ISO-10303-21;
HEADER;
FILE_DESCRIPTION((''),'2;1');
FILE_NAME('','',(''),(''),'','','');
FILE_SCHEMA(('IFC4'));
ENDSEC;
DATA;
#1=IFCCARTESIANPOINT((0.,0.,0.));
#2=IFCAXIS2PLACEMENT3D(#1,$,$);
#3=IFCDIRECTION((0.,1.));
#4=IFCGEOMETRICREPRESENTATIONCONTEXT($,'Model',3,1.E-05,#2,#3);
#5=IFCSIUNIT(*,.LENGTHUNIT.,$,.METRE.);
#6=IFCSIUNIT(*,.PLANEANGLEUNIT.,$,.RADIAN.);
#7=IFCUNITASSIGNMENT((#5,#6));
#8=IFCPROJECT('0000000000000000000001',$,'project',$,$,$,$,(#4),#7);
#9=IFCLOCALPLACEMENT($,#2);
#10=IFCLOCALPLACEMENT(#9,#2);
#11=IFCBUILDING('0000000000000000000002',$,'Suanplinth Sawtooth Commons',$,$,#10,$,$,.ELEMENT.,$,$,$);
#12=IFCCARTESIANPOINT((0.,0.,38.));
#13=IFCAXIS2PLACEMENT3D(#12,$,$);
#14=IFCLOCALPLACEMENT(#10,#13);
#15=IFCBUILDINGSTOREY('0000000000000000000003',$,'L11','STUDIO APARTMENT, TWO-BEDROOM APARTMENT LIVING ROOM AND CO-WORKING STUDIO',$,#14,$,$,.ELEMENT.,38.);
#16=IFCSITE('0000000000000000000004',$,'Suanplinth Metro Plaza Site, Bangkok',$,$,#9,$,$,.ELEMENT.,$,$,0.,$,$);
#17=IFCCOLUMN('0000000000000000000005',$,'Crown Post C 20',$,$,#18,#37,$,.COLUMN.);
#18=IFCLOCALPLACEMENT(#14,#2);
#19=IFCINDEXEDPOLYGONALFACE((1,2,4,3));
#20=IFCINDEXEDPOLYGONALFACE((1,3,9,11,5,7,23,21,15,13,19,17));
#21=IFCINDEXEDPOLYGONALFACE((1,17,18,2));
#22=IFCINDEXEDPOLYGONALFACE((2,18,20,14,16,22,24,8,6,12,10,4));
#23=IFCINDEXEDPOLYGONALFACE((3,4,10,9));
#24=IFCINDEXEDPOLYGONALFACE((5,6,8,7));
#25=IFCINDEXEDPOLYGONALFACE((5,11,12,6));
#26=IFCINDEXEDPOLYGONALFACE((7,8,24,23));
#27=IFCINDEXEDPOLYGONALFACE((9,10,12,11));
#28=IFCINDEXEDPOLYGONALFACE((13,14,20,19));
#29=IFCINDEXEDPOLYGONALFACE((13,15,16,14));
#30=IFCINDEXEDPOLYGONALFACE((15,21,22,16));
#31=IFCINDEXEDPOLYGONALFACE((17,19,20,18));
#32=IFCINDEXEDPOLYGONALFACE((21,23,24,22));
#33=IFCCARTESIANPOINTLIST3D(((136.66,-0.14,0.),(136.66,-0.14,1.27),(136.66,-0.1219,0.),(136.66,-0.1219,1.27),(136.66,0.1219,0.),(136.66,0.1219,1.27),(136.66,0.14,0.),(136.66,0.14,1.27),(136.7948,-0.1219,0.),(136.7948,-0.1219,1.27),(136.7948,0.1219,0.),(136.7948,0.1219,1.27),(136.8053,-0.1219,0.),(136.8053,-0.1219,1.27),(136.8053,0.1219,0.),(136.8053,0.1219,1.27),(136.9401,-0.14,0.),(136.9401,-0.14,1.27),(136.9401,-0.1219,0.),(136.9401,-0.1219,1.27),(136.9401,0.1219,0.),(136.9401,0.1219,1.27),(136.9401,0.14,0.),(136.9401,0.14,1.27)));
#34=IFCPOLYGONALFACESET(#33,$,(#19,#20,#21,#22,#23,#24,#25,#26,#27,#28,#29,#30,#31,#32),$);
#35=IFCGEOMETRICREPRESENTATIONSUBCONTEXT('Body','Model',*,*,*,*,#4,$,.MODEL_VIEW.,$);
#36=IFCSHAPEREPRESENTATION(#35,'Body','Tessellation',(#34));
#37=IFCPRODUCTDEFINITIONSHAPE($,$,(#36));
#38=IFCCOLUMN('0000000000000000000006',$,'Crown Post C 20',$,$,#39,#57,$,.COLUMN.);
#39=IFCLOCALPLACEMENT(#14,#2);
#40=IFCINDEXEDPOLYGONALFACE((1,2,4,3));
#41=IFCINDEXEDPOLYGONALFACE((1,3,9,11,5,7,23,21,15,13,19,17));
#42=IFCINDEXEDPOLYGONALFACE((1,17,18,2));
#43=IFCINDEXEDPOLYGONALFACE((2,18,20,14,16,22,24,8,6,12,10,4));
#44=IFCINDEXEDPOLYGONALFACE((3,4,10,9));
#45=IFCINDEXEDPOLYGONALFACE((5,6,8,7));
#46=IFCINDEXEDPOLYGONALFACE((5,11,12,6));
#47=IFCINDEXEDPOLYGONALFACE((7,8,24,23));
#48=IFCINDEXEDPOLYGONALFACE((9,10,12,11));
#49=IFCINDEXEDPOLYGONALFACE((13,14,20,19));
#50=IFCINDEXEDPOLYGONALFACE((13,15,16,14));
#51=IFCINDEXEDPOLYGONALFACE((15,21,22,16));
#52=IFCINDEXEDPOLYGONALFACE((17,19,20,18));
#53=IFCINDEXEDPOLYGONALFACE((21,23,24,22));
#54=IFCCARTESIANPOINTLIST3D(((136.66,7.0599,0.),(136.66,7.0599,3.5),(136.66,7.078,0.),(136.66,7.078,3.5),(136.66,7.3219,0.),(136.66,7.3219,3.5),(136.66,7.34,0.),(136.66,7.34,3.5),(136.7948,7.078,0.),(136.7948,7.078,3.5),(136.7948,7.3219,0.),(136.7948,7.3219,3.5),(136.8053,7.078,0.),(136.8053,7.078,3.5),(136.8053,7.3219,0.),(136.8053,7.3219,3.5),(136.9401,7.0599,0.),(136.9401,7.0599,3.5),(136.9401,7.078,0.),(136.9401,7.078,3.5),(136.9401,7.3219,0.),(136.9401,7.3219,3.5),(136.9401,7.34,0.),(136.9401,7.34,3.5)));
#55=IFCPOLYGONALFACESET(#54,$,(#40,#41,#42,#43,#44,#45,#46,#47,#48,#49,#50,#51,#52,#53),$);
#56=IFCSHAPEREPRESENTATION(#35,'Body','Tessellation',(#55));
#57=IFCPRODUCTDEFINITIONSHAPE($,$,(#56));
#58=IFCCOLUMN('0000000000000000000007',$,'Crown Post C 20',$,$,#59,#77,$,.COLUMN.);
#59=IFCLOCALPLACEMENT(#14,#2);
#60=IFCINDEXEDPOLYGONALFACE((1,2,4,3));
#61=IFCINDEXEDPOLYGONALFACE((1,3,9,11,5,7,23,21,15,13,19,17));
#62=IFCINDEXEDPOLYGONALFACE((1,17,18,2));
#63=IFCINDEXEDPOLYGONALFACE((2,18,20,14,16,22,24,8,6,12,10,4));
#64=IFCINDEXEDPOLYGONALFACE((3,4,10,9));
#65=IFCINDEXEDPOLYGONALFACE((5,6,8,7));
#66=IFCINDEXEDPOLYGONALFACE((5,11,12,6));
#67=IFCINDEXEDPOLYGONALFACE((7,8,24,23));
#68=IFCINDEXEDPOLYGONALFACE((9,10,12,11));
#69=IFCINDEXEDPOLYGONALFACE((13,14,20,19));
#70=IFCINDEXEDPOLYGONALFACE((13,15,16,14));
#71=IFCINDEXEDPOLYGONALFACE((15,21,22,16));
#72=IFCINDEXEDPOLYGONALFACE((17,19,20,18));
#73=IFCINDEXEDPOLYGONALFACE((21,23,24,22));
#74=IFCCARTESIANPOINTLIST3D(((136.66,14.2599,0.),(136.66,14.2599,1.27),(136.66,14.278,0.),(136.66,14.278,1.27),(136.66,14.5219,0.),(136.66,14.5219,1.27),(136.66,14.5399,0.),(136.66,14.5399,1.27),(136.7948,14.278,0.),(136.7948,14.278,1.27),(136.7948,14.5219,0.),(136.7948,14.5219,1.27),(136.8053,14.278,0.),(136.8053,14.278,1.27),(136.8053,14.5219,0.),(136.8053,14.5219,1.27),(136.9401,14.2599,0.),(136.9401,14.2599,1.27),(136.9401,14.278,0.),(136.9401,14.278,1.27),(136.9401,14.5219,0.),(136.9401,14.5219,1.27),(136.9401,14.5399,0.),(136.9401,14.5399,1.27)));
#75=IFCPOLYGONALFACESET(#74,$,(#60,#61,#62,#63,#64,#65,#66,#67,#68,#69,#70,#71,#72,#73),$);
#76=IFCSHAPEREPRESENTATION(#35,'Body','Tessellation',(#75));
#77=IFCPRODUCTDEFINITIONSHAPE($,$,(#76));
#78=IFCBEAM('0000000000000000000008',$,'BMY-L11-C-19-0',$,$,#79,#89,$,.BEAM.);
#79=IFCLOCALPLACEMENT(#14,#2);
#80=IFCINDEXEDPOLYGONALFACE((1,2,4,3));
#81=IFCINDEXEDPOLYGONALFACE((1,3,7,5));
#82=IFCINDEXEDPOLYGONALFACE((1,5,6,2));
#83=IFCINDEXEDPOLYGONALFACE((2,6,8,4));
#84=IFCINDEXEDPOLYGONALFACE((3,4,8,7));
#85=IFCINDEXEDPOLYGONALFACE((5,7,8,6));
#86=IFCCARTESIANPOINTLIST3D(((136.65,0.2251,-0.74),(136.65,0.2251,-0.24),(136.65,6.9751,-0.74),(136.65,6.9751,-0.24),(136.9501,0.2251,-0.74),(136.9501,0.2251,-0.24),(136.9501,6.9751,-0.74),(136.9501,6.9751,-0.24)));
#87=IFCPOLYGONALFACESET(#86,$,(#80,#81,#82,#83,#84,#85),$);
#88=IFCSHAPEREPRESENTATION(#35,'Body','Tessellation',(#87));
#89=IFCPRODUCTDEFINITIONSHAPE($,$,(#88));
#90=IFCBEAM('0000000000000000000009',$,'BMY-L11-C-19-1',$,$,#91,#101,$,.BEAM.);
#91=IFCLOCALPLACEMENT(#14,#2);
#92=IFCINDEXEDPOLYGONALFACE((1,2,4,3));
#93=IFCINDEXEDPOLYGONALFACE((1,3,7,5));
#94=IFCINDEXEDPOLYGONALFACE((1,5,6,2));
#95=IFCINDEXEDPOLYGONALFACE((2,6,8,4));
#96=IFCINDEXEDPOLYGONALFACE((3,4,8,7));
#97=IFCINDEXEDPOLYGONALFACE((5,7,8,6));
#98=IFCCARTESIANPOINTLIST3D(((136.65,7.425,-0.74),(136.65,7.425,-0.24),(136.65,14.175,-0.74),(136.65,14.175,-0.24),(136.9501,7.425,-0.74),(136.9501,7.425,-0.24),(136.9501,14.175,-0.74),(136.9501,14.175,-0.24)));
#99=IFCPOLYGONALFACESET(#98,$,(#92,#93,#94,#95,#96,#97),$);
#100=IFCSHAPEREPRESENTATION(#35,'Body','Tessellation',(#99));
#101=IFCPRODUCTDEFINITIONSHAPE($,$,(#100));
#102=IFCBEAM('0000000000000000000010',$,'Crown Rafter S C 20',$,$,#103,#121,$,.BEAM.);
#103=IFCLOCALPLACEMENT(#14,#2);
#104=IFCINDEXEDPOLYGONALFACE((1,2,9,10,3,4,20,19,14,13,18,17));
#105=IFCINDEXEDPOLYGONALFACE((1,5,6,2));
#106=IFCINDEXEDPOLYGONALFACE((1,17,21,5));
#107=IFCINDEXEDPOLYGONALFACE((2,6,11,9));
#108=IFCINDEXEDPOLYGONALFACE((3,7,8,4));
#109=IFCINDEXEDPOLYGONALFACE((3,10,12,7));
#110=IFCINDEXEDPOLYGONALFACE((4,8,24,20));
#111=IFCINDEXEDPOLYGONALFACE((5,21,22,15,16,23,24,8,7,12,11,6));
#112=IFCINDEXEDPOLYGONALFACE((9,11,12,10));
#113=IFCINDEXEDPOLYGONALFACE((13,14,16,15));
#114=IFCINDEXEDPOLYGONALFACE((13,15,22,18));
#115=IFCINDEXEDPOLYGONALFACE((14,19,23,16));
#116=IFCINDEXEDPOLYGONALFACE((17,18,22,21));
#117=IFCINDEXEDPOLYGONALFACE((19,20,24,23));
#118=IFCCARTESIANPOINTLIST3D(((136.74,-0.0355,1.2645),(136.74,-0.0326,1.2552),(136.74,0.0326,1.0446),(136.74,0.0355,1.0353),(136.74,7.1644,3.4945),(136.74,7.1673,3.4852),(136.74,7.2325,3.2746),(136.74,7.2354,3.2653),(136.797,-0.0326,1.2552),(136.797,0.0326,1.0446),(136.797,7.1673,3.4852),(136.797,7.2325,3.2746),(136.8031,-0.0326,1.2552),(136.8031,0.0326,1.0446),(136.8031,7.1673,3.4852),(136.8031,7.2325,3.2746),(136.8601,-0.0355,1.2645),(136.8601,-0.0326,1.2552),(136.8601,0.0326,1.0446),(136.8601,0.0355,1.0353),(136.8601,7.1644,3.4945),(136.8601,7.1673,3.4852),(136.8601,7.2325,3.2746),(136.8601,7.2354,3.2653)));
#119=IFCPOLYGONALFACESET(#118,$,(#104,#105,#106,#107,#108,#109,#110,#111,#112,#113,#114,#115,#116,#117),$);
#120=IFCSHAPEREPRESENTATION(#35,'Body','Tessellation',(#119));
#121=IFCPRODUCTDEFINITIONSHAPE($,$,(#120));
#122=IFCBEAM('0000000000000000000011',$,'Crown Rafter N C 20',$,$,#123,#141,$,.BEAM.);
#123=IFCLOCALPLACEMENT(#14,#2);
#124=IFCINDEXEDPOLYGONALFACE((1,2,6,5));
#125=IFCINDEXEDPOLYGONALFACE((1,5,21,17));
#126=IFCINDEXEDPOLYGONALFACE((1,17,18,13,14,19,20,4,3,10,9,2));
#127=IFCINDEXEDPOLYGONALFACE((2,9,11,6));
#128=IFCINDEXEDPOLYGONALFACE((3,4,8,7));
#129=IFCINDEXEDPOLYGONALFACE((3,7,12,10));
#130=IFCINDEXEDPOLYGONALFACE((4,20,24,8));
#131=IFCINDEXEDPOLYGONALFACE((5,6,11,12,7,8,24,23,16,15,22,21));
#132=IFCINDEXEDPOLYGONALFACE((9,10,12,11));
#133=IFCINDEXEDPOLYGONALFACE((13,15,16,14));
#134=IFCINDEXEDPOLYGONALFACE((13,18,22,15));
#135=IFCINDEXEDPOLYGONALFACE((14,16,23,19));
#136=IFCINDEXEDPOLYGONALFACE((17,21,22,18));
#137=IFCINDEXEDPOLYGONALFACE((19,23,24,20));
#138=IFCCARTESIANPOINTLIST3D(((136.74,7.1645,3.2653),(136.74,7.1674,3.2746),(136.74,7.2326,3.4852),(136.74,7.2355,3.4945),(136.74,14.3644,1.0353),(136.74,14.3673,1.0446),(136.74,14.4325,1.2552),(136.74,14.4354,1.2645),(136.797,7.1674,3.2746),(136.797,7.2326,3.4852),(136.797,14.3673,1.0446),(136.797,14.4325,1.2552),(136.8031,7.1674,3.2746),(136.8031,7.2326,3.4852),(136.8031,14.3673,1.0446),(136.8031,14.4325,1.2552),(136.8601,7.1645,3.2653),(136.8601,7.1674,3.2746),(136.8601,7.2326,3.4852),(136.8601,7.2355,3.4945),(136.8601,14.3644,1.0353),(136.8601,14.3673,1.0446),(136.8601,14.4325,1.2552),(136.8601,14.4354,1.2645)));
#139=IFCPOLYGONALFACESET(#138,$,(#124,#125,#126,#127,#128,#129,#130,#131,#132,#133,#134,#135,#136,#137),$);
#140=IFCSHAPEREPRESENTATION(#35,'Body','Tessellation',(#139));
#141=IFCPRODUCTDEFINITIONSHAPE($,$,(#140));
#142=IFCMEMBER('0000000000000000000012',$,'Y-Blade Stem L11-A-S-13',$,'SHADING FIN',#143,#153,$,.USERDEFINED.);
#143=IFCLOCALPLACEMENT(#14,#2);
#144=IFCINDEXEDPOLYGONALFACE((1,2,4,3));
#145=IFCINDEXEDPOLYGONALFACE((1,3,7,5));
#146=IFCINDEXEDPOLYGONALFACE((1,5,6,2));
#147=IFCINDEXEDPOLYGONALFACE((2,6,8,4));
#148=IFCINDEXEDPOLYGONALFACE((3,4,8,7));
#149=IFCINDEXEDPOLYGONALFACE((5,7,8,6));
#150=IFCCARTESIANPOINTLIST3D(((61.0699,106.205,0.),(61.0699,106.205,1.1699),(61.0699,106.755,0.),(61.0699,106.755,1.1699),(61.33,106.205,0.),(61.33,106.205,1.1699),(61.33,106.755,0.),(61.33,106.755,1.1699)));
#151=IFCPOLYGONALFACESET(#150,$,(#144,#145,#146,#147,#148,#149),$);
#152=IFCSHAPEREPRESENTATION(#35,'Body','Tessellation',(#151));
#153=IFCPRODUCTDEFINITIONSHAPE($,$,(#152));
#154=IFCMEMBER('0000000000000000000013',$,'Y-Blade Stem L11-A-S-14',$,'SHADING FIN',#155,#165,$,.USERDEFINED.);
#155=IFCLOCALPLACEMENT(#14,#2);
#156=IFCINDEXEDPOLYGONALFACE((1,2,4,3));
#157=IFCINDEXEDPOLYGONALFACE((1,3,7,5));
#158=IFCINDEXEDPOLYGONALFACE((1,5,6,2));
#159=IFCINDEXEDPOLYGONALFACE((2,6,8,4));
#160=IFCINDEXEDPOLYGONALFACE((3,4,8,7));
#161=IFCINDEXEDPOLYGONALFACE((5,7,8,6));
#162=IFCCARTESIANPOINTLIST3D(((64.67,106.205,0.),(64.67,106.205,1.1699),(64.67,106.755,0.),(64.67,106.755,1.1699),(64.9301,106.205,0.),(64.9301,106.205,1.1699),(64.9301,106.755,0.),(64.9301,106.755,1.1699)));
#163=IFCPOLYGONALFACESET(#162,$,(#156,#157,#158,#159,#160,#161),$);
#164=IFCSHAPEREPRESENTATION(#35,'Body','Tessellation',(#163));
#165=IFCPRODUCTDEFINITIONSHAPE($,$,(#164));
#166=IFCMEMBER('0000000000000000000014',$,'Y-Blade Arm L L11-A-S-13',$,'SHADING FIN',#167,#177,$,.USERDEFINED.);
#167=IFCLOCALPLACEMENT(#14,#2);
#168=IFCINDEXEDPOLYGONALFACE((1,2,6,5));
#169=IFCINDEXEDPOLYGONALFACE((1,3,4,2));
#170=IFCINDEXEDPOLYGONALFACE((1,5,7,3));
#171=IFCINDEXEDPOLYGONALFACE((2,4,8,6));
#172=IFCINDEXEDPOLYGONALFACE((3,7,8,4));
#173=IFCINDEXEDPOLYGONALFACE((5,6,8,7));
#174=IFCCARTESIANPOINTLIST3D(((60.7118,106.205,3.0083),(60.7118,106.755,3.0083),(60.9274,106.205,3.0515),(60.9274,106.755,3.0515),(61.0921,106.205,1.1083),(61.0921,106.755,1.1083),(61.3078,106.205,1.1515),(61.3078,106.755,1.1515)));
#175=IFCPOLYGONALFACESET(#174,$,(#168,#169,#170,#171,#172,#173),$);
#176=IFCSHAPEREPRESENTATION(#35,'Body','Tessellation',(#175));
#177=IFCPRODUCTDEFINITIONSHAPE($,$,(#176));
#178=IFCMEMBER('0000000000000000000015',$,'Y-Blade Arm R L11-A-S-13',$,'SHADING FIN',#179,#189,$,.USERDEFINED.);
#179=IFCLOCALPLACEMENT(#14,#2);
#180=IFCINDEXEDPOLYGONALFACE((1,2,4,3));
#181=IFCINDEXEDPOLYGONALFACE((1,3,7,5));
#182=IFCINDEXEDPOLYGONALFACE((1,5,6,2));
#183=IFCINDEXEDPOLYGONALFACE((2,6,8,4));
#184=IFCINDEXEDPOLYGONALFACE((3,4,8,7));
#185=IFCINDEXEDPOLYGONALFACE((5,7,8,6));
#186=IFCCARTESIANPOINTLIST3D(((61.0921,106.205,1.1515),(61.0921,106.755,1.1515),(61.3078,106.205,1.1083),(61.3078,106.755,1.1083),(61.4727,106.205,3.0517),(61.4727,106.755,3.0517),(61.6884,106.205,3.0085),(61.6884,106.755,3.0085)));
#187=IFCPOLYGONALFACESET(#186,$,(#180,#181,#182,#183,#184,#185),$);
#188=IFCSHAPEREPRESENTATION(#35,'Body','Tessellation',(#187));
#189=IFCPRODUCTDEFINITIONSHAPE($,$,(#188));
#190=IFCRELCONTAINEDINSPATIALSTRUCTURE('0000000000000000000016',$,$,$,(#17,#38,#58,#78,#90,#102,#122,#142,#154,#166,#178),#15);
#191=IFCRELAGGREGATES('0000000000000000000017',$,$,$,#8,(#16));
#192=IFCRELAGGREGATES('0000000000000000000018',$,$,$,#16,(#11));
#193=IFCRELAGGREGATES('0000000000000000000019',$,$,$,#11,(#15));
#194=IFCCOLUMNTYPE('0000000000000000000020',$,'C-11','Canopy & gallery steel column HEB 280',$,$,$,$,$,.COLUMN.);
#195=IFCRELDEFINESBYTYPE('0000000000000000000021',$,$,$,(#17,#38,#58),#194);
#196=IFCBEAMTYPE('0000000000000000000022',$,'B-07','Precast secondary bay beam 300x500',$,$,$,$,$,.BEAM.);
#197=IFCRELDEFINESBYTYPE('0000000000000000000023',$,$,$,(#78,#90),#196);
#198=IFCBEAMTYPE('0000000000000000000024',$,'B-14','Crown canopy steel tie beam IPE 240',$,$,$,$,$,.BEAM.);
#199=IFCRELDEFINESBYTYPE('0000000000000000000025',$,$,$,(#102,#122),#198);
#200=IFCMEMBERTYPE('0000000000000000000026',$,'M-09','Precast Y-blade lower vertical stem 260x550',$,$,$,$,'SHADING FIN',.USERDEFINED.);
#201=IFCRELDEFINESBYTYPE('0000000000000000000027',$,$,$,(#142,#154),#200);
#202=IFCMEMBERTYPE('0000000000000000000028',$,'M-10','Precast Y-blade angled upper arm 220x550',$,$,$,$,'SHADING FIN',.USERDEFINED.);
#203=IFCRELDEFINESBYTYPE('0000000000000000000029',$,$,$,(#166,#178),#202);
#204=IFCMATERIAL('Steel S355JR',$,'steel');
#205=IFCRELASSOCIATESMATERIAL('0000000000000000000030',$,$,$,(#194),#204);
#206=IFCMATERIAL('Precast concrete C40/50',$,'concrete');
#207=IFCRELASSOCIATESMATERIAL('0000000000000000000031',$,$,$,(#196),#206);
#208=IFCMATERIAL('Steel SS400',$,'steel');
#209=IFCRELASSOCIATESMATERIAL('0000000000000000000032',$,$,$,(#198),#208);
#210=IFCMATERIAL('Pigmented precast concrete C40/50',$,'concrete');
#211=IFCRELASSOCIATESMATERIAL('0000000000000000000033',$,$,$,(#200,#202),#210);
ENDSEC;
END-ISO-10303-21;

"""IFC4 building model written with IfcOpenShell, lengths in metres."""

from ifc_helpers import new_model, si_unit, direction, frame, origin, origin_2d, place, context, subcontext, project, spatial, rectangle, i_section, extrude, material, material_profile, profile_set, type_object, element, save


model = new_model("IFC4")

# Units and contexts
model_context = context("Model", 3, precision=1e-05, world=origin(), true_north=direction((0.0, 1.0)))
body_context = subcontext(model_context, "Body", "Model", "MODEL_VIEW")
ifc_project = project(units=[si_unit("LENGTHUNIT", "METRE"), si_unit("PLANEANGLEUNIT", "RADIAN")], contexts=[model_context])

# Site, building, storey
site_placement = place(None, origin())
site = spatial("IfcSite", under=ifc_project, at=site_placement, Name="Suanplinth Metro Plaza Site, Bangkok", CompositionType="ELEMENT", RefElevation=0.0)
building_placement = place(site_placement, origin())
building = spatial("IfcBuilding", under=site, at=building_placement, Name="Suanplinth Sawtooth Commons", CompositionType="ELEMENT")
storey_placement = place(building_placement, frame((0.0, 0.0, 38.0)))
storey = spatial("IfcBuildingStorey", under=building, at=storey_placement, Name="L11", Description="STUDIO APARTMENT, TWO-BEDROOM APARTMENT LIVING ROOM AND CO-WORKING STUDIO", CompositionType="ELEMENT", Elevation=38.0)

# Columns
ifc_material_1 = material(Name="Steel S355JR", Category="steel")
ifc_material_profile_1 = material_profile(ifc_material_1, i_section(OverallWidth=0.28, OverallDepth=0.28, WebThickness=0.0105, FlangeThickness=0.0181, at=origin_2d()), Name="HEB 280")
ifc_profile_set_1 = profile_set([ifc_material_profile_1], Name="Steel S355JR")
column_type = type_object("IfcColumnType", Name="C-11", Description="Canopy & gallery steel column HEB 280", PredefinedType="COLUMN", material=ifc_profile_set_1)
column_1_placement = place(storey_placement, frame((136.8, 0.0, 0.0), z_axis=(0.0, 0.0, 1.0), x_axis=(1.0, 0.0, 0.0)))
element("IfcColumn", 1, at=column_1_placement, inside=storey, type_object=column_type, Name="Crown Post C 20", PredefinedType="COLUMN", context=body_context, shape_type="SweptSolid", body=[
    extrude(i_section(OverallWidth=0.28, OverallDepth=0.28, WebThickness=0.0105, FlangeThickness=0.0181, at=origin_2d()), origin(), (0.0, 0.0, 1.0), 1.27),
])
column_2_placement = place(storey_placement, frame((136.8, 7.2, 0.0), z_axis=(0.0, 0.0, 1.0), x_axis=(1.0, 0.0, 0.0)))
element("IfcColumn", 2, at=column_2_placement, inside=storey, type_object=column_type, Name="Crown Post C 20", PredefinedType="COLUMN", context=body_context, shape_type="SweptSolid", body=[
    extrude(i_section(OverallWidth=0.28, OverallDepth=0.28, WebThickness=0.0105, FlangeThickness=0.0181, at=origin_2d()), origin(), (0.0, 0.0, 1.0), 3.5),
])
column_3_placement = place(storey_placement, frame((136.8, 14.3999, 0.0), z_axis=(0.0, 0.0, 1.0), x_axis=(1.0, 0.0, 0.0)))
element("IfcColumn", 3, at=column_3_placement, inside=storey, type_object=column_type, Name="Crown Post C 20", PredefinedType="COLUMN", context=body_context, shape_type="SweptSolid", body=[
    extrude(i_section(OverallWidth=0.28, OverallDepth=0.28, WebThickness=0.0105, FlangeThickness=0.0181, at=origin_2d()), origin(), (0.0, 0.0, 1.0), 1.27),
])

# Beams
ifc_material_2 = material(Name="Precast concrete C40/50", Category="concrete")
ifc_material_profile_2 = material_profile(ifc_material_2, rectangle(XDim=0.3, YDim=0.5, at=origin_2d()), Name="PC-BM 300x500")
ifc_profile_set_2 = profile_set([ifc_material_profile_2], Name="Precast concrete C40/50")
beam_type_1 = type_object("IfcBeamType", Name="B-07", Description="Precast secondary bay beam 300x500", PredefinedType="BEAM", material=ifc_profile_set_2)
for number, where, z_axis, x_axis, name in (
    (4, (136.8, 0.2251, -0.49), (0.0, 1.0, 0.0), (-1.0, 0.0, 0.0), "BMY-L11-C-19-0"),
    (5, (136.8, 7.425, -0.49), (0.0, 1.0, 0.0), (-1.0, 0.0, 0.0), "BMY-L11-C-19-1"),
):
    element("IfcBeam", number, at=place(storey_placement, frame(where, z_axis=z_axis, x_axis=x_axis)), inside=storey, type_object=beam_type_1, Name=name, PredefinedType="BEAM", context=body_context, shape_type="SweptSolid", body=[
        extrude(rectangle(XDim=0.3, YDim=0.5, at=origin_2d()), origin(), (0.0, 0.0, 1.0), 6.75),
    ])
ifc_material_3 = material(Name="Steel SS400", Category="steel")
ifc_material_profile_3 = material_profile(ifc_material_3, i_section(OverallWidth=0.1201, OverallDepth=0.24, WebThickness=0.0061, FlangeThickness=0.0098, at=origin_2d()), Name="IPE 240")
ifc_profile_set_3 = profile_set([ifc_material_profile_3], Name="Steel SS400")
beam_type_2 = type_object("IfcBeamType", Name="B-14", Description="Crown canopy steel tie beam IPE 240", PredefinedType="BEAM", material=ifc_profile_set_3)
for number, where, z_axis, x_axis, name in (
    (6, (136.8, 0.0, 1.1499), (0.0, 0.955233, 0.295856), (-1.0, 0.0, 0.0), "Crown Rafter S C 20"),
    (7, (136.8, 14.3999, 1.1499), (0.0, -0.955233, 0.295856), (1.0, 0.0, 0.0), "Crown Rafter N C 20"),
):
    element("IfcBeam", number, at=place(storey_placement, frame(where, z_axis=z_axis, x_axis=x_axis)), inside=storey, type_object=beam_type_2, Name=name, PredefinedType="BEAM", context=body_context, shape_type="SweptSolid", body=[
        extrude(i_section(OverallWidth=0.1201, OverallDepth=0.24, WebThickness=0.0061, FlangeThickness=0.0098, at=origin_2d()), origin(), (0.0, 0.0, 1.0), 7.5374),
    ])

# Members
ifc_material_4 = material(Name="Pigmented precast concrete C40/50", Category="concrete")
ifc_material_profile_4 = material_profile(ifc_material_4, rectangle(XDim=0.26, YDim=0.55, at=origin_2d()), Name="PC-FIN 260x550")
ifc_profile_set_4 = profile_set([ifc_material_profile_4], Name="Pigmented precast concrete C40/50")
member_type_1 = type_object("IfcMemberType", Name="M-09", Description="Precast Y-blade lower vertical stem 260x550", ElementType="SHADING FIN", PredefinedType="USERDEFINED", material=ifc_profile_set_4)
for number, where, z_axis, x_axis, name in (
    (8, (61.2, 106.48, 0.0), (0.0, 0.0, 1.0), (1.0, 0.0, 0.0), "Y-Blade Stem L11-A-S-13"),
    (9, (64.8, 106.48, 0.0), (0.0, 0.0, 1.0), (1.0, 0.0, 0.0), "Y-Blade Stem L11-A-S-14"),
):
    element("IfcMember", number, at=place(storey_placement, frame(where, z_axis=z_axis, x_axis=x_axis)), inside=storey, type_object=member_type_1, Name=name, ObjectType="SHADING FIN", PredefinedType="USERDEFINED", context=body_context, shape_type="SweptSolid", body=[
        extrude(rectangle(XDim=0.26, YDim=0.55, at=origin_2d()), origin(), (0.0, 0.0, 1.0), 1.1699),
    ])
ifc_material_profile_5 = material_profile(ifc_material_4, rectangle(XDim=0.22, YDim=0.55, at=origin_2d()), Name="PC-FIN 220x550")
ifc_profile_set_5 = profile_set([ifc_material_profile_5], Name="Pigmented precast concrete C40/50")
member_type_2 = type_object("IfcMemberType", Name="M-10", Description="Precast Y-blade angled upper arm 220x550", ElementType="SHADING FIN", PredefinedType="USERDEFINED", material=ifc_profile_set_5)
member_1_placement = place(storey_placement, frame((61.2, 106.48, 1.1299), z_axis=(-0.196286, 0.0, 0.980547), x_axis=(0.980547, 0.0, 0.196286)))
element("IfcMember", 10, at=member_1_placement, inside=storey, type_object=member_type_2, Name="Y-Blade Arm L L11-A-S-13", ObjectType="SHADING FIN", PredefinedType="USERDEFINED", context=body_context, shape_type="SweptSolid", body=[
    extrude(rectangle(XDim=0.22, YDim=0.55, at=origin_2d()), origin(), (0.0, 0.0, 1.0), 1.9377),
])
member_2_placement = place(storey_placement, frame((61.2, 106.48, 1.1299), z_axis=(0.196407, 0.0, 0.980522), x_axis=(-0.980522, 0.0, 0.196407)))
element("IfcMember", 11, at=member_2_placement, inside=storey, type_object=member_type_2, Name="Y-Blade Arm R L11-A-S-13", ObjectType="SHADING FIN", PredefinedType="USERDEFINED", context=body_context, shape_type="SweptSolid", body=[
    extrude(rectangle(XDim=0.22, YDim=0.55, at=origin_2d()), origin(), (0.0, 0.0, 1.0), 1.938),
])

save(model, "model.ifc")
